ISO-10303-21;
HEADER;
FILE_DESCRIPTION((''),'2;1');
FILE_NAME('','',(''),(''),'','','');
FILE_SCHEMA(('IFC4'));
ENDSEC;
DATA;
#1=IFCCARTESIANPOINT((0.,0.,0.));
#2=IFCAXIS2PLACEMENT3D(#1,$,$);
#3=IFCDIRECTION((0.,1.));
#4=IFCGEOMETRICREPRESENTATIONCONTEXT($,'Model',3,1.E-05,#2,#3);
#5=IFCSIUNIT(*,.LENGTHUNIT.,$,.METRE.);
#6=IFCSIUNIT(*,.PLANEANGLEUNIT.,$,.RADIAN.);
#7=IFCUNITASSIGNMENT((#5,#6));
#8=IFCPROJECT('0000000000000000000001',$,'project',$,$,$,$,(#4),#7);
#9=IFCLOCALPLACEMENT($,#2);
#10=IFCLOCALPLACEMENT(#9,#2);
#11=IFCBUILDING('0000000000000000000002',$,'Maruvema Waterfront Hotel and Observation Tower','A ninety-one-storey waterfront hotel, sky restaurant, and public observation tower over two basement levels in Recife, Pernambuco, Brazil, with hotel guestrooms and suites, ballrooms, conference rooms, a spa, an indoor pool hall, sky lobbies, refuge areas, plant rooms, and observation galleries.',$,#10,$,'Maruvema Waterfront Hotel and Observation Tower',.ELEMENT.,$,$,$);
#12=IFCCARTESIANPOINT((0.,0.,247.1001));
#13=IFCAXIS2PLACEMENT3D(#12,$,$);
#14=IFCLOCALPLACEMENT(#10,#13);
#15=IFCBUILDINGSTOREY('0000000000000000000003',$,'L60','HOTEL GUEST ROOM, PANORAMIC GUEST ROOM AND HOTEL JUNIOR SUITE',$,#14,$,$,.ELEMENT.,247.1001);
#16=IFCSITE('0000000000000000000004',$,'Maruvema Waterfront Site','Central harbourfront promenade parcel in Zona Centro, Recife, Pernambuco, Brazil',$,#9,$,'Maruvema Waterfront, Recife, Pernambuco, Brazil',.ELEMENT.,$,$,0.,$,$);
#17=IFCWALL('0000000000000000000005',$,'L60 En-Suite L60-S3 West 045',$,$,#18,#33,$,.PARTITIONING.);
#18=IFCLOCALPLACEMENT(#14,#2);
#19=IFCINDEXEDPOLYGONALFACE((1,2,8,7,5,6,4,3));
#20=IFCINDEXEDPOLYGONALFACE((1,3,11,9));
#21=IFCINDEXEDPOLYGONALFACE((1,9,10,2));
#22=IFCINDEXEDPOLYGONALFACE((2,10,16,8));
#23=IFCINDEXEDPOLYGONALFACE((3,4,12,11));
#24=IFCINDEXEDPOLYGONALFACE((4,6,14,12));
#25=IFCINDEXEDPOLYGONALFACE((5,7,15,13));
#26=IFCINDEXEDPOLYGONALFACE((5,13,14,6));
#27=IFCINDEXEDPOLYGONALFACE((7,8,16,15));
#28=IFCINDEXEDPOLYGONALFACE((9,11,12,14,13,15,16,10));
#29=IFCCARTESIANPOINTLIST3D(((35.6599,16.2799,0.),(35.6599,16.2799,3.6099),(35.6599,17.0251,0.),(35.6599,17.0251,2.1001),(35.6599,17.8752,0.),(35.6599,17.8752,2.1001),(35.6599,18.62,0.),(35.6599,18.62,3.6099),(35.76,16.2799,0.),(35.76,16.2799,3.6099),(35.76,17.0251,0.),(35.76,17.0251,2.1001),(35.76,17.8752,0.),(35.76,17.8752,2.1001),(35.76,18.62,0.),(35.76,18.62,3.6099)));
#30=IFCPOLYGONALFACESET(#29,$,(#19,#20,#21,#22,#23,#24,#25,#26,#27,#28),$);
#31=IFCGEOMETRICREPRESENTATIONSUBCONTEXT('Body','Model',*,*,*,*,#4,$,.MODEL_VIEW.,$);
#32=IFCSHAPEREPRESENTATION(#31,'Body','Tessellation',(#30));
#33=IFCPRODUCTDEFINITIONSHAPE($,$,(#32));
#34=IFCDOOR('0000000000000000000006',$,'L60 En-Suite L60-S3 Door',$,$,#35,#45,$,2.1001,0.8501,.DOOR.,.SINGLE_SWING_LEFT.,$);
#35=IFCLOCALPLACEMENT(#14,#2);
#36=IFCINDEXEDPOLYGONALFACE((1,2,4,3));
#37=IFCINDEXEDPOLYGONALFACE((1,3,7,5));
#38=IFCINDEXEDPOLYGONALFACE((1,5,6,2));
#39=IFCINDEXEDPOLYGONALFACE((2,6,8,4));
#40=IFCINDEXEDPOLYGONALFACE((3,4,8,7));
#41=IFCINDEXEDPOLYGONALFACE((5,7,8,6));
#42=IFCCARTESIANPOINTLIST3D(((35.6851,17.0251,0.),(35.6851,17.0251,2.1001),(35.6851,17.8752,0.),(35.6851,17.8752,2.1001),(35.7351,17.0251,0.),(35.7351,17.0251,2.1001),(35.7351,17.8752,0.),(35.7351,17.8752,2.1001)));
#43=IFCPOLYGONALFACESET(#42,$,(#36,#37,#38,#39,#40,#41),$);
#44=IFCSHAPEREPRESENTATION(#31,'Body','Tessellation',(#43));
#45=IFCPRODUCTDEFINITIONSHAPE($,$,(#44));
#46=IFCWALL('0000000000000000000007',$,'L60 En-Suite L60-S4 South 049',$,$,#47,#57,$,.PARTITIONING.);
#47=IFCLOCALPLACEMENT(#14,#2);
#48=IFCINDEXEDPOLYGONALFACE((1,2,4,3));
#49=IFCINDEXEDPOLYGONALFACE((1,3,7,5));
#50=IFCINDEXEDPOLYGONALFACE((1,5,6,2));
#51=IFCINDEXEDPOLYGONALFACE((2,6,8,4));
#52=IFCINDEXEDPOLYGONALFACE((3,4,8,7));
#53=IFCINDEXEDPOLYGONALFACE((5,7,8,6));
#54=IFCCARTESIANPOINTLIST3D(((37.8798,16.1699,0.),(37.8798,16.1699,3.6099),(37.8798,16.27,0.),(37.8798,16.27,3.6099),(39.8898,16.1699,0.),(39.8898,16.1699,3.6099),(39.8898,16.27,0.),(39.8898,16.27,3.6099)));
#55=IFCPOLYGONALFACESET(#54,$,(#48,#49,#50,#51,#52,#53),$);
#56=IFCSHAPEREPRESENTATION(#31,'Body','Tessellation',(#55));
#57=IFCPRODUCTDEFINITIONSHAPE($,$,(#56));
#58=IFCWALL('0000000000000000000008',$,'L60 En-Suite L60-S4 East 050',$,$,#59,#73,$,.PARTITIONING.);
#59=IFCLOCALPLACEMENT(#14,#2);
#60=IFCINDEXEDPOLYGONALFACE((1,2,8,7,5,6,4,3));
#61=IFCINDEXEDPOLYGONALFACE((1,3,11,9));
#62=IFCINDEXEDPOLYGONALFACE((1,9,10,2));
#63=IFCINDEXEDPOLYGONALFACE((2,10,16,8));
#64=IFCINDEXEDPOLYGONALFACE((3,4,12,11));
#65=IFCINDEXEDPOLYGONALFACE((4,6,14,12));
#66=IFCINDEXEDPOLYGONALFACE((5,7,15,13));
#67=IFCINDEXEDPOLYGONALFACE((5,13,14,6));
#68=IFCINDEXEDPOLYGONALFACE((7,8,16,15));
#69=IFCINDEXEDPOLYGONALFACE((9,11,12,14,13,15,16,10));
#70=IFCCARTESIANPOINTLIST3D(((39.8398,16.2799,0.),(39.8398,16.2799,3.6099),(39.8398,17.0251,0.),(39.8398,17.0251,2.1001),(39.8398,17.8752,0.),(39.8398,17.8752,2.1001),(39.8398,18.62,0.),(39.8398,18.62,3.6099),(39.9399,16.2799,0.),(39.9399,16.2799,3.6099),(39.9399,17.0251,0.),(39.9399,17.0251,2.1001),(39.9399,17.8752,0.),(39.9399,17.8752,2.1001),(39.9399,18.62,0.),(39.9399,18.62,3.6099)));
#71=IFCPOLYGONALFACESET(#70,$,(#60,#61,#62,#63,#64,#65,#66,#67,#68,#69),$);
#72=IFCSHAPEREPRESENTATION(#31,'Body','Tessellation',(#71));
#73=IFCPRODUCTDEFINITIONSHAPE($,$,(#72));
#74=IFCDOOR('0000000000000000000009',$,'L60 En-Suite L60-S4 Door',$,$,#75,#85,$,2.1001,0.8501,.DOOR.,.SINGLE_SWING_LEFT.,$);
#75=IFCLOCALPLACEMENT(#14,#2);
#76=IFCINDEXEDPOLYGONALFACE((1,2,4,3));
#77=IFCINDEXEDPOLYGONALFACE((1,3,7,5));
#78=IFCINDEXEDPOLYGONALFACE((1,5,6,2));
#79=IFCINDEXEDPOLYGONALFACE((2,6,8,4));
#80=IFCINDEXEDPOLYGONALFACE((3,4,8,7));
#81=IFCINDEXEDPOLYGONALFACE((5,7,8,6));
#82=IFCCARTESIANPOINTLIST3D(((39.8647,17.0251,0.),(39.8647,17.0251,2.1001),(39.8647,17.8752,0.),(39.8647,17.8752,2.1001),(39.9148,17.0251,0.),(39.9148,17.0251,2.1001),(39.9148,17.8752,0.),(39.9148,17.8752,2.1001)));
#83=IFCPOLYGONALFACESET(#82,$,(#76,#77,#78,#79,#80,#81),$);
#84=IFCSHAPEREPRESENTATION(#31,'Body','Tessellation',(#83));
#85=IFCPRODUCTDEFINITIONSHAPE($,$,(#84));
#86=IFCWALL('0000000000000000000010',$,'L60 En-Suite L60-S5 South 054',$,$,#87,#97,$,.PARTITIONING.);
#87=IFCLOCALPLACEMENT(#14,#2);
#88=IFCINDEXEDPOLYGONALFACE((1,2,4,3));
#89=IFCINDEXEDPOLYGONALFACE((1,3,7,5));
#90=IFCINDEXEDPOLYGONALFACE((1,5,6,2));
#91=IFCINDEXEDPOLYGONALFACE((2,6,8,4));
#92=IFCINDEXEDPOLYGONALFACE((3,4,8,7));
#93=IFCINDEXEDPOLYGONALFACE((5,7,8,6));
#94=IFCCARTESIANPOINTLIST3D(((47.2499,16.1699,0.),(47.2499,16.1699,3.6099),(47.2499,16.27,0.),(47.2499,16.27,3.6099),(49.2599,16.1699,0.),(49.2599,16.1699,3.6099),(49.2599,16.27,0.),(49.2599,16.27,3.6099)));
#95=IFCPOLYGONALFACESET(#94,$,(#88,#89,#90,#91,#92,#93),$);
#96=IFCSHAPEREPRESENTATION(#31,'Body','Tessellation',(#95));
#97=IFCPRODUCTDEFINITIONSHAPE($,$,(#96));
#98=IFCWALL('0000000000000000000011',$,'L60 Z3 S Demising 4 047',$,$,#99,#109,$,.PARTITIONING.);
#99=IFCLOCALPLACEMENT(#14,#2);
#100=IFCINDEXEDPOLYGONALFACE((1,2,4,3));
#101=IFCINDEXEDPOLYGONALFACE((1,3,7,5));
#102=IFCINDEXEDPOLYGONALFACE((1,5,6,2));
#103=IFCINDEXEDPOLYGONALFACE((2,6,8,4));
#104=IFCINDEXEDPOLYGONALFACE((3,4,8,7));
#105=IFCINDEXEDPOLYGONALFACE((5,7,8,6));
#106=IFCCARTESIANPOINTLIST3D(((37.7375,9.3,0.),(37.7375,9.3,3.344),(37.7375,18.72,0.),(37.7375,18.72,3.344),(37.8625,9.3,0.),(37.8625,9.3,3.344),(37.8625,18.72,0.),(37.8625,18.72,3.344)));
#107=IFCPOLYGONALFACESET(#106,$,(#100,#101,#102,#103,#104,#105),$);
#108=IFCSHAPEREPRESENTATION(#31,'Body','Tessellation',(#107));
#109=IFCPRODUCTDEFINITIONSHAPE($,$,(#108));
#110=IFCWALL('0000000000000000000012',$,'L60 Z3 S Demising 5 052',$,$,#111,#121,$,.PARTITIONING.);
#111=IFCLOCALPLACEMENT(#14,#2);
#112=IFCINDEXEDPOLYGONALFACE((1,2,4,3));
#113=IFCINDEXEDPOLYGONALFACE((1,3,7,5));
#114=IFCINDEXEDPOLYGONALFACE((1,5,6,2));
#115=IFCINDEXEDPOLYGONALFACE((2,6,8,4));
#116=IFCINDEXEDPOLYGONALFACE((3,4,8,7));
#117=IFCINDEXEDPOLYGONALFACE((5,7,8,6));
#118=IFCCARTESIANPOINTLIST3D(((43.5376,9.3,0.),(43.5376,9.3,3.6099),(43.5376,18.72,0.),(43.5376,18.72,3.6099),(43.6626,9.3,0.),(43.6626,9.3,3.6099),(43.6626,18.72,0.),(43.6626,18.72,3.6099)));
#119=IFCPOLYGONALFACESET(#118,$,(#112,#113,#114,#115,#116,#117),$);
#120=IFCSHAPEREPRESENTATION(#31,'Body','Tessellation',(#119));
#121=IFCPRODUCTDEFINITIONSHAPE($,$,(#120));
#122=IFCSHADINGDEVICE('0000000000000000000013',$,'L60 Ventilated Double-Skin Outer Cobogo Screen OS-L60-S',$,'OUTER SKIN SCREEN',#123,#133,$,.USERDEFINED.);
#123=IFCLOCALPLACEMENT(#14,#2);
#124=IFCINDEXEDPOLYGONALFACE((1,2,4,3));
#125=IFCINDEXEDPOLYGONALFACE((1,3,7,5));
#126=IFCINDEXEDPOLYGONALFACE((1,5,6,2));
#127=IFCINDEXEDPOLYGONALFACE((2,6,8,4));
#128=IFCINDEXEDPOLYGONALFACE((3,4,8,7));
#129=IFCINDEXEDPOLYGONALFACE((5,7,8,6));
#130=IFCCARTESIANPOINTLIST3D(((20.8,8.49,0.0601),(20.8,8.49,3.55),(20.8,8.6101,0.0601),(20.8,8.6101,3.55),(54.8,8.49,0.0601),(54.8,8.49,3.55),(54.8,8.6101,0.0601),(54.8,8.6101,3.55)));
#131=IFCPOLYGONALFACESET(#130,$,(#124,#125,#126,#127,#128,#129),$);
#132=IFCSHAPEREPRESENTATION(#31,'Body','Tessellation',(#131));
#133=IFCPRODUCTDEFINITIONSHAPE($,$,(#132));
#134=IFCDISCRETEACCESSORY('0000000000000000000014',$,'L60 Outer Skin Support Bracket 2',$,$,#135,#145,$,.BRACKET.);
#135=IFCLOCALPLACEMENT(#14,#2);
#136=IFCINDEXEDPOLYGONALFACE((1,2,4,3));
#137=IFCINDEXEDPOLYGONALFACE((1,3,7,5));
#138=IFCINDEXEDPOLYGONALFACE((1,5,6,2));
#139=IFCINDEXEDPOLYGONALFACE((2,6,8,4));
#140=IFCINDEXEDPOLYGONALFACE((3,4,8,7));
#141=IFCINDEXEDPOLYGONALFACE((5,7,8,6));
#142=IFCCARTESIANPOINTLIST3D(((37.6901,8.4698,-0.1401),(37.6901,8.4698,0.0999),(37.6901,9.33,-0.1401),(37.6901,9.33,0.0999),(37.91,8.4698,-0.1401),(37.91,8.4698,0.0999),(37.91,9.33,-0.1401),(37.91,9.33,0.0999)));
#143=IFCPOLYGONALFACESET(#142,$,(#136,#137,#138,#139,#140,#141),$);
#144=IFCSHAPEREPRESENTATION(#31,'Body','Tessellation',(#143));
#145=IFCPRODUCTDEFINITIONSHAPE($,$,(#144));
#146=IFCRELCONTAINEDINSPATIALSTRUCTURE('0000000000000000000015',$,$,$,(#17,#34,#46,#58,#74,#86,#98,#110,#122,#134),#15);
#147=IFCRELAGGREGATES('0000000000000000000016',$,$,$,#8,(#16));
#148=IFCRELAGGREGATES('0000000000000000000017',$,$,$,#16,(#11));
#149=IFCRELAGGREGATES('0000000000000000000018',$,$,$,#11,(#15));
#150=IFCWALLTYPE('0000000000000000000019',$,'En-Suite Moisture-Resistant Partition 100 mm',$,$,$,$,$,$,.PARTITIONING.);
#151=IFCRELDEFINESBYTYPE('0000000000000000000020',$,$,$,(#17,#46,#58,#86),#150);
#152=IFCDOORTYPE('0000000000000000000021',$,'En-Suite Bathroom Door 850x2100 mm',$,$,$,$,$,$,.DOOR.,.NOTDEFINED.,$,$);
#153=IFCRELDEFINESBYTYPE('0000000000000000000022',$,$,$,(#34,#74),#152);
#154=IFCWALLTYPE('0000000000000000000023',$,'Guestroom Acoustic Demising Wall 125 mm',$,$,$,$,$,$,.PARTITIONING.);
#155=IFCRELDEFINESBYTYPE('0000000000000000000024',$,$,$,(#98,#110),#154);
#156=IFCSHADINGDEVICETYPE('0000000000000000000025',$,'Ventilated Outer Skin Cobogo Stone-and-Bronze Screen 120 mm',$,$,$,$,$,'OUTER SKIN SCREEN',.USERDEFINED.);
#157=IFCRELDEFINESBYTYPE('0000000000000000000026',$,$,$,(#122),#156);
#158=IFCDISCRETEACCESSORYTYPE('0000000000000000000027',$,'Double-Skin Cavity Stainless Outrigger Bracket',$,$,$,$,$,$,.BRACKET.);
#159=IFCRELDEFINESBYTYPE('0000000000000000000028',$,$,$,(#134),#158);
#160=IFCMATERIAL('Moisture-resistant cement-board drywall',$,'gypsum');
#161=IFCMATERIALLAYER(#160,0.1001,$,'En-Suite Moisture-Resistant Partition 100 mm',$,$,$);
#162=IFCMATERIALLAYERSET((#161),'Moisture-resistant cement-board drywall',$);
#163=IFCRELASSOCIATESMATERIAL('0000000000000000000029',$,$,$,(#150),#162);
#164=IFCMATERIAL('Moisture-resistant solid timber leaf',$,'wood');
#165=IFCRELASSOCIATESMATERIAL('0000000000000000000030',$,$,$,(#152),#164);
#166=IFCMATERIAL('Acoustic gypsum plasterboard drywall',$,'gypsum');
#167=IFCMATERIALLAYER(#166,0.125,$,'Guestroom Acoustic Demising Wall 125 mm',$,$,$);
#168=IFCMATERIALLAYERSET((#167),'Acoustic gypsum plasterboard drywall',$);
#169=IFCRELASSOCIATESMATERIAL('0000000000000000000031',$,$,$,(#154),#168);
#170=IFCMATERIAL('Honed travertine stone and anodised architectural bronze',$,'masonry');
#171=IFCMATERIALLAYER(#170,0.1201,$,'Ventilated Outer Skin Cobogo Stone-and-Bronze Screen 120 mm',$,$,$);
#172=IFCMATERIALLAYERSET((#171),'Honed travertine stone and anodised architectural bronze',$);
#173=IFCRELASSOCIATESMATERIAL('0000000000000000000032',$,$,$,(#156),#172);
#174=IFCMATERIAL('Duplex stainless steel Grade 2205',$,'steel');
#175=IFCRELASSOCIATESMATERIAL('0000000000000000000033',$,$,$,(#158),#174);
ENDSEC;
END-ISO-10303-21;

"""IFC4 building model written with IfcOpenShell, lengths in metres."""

from ifc_helpers import new_model, si_unit, direction, frame, frame_2d, origin, origin_2d, place, context, subcontext, project, spatial, rectangle, extrude, material, layer, layer_set, type_object, element, fill, save


model = new_model("IFC4")

# Units and contexts
model_context = context("Model", 3, precision=1e-05, world=origin(), true_north=direction((0.0, 1.0)))
body_context = subcontext(model_context, "Body", "Model", "MODEL_VIEW")
ifc_project = project(units=[si_unit("LENGTHUNIT", "METRE"), si_unit("PLANEANGLEUNIT", "RADIAN")], contexts=[model_context])

# Site, building, storey
site_placement = place(None, origin())
site = spatial("IfcSite", under=ifc_project, at=site_placement, Name="Maruvema Waterfront Site", Description="Central harbourfront promenade parcel in Zona Centro, Recife, Pernambuco, Brazil", LongName="Maruvema Waterfront, Recife, Pernambuco, Brazil", CompositionType="ELEMENT", RefElevation=0.0)
building_placement = place(site_placement, origin())
building = spatial("IfcBuilding", under=site, at=building_placement, Name="Maruvema Waterfront Hotel and Observation Tower", Description="A ninety-one-storey waterfront hotel, sky restaurant, and public observation tower over two basement levels in Recife, Pernambuco, Brazil, with hotel guestrooms and suites, ballrooms, conference rooms, a spa, an indoor pool hall, sky lobbies, refuge areas, plant rooms, and observation galleries.", LongName="Maruvema Waterfront Hotel and Observation Tower", CompositionType="ELEMENT")
storey_placement = place(building_placement, frame((0.0, 0.0, 247.1001)))
storey = spatial("IfcBuildingStorey", under=building, at=storey_placement, Name="L60", Description="HOTEL GUEST ROOM, PANORAMIC GUEST ROOM AND HOTEL JUNIOR SUITE", CompositionType="ELEMENT", Elevation=247.1001)

# Shared definitions
ifc_material_1 = material(Name="Moisture-resistant cement-board drywall", Category="gypsum")
ifc_layer_1 = layer(ifc_material_1, 0.1001, Name="En-Suite Moisture-Resistant Partition 100 mm")
ifc_layer_set_1 = layer_set([ifc_layer_1], Name="Moisture-resistant cement-board drywall")
wall_type_1 = type_object("IfcWallType", Name="En-Suite Moisture-Resistant Partition 100 mm", PredefinedType="PARTITIONING", material=ifc_layer_set_1)

# Wall, opening, door
wall_1_placement = place(storey_placement, frame((35.71, 16.28, 0.0), z_axis=(0.0, 0.0, 1.0), x_axis=(0.0, 1.0, 0.0)))
wall_1 = element("IfcWall", 1, at=wall_1_placement, inside=storey, type_object=wall_type_1, Name="L60 En-Suite L60-S3 West 045", PredefinedType="PARTITIONING", context=body_context, shape_type="SweptSolid", body=[
    extrude(rectangle(XDim=2.3401, YDim=0.1001, at=frame_2d((1.1699, 0.0))), origin(), (0.0, 0.0, 1.0), 3.6099),
])
opening_1_placement = place(wall_1_placement, frame((0.7451, 0.0, 0.0)))
opening_1 = element("IfcOpeningElement", 2, at=opening_1_placement, cuts=wall_1, PredefinedType="OPENING", context=body_context, shape_type="SweptSolid", body=[
    extrude(rectangle(XDim=0.8501, YDim=2.1001, at=frame_2d((0.425, 1.05))), frame((0.0, 0.0601, 0.0), z_axis=(0.0, -1.0, 0.0), x_axis=(1.0, 0.0, 0.0)), (0.0, 0.0, 1.0), 0.1201),
])
ifc_material_2 = material(Name="Moisture-resistant solid timber leaf", Category="wood")
door_type = type_object("IfcDoorType", Name="En-Suite Bathroom Door 850x2100 mm", OperationType="NOTDEFINED", PredefinedType="DOOR", material=ifc_material_2)
door_1_placement = place(opening_1_placement, origin())
door_1 = element("IfcDoor", 3, at=door_1_placement, inside=storey, type_object=door_type, Name="L60 En-Suite L60-S3 Door", OperationType="SINGLE_SWING_LEFT", OverallHeight=2.1001, OverallWidth=0.8501, PredefinedType="DOOR", context=body_context, shape_type="SweptSolid", body=[
    extrude(rectangle(XDim=0.8501, YDim=2.1001, at=frame_2d((0.425, 1.05))), frame((0.0, 0.0249, 0.0), z_axis=(0.0, -1.0, 0.0), x_axis=(1.0, 0.0, 0.0)), (0.0, 0.0, 1.0), 0.05),
])
fill(opening_1, door_1)

# Wall
wall_2_placement = place(storey_placement, frame((37.8799, 16.22, 0.0), z_axis=(0.0, 0.0, 1.0), x_axis=(1.0, 0.0, 0.0)))
element("IfcWall", 4, at=wall_2_placement, inside=storey, type_object=wall_type_1, Name="L60 En-Suite L60-S4 South 049", PredefinedType="PARTITIONING", context=body_context, shape_type="SweptSolid", body=[
    extrude(rectangle(XDim=2.01, YDim=0.1001, at=frame_2d((1.0049, 0.0))), origin(), (0.0, 0.0, 1.0), 3.6099),
])

# Wall, opening, door
wall_3_placement = place(storey_placement, frame((39.8899, 16.28, 0.0), z_axis=(0.0, 0.0, 1.0), x_axis=(0.0, 1.0, 0.0)))
wall_3 = element("IfcWall", 5, at=wall_3_placement, inside=storey, type_object=wall_type_1, Name="L60 En-Suite L60-S4 East 050", PredefinedType="PARTITIONING", context=body_context, shape_type="SweptSolid", body=[
    extrude(rectangle(XDim=2.3401, YDim=0.1001, at=frame_2d((1.1699, 0.0))), origin(), (0.0, 0.0, 1.0), 3.6099),
])
opening_2_placement = place(wall_3_placement, frame((0.7451, 0.0, 0.0)))
opening_2 = element("IfcOpeningElement", 6, at=opening_2_placement, cuts=wall_3, PredefinedType="OPENING", context=body_context, shape_type="SweptSolid", body=[
    extrude(rectangle(XDim=0.8501, YDim=2.1001, at=frame_2d((0.425, 1.05))), frame((0.0, 0.0601, 0.0), z_axis=(0.0, -1.0, 0.0), x_axis=(1.0, 0.0, 0.0)), (0.0, 0.0, 1.0), 0.1201),
])
door_2_placement = place(opening_2_placement, frame((0.8501, 0.0, 0.0), z_axis=(0.0, 0.0, 1.0), x_axis=(-1.0, 0.0, 0.0)))
door_2 = element("IfcDoor", 7, at=door_2_placement, inside=storey, type_object=door_type, Name="L60 En-Suite L60-S4 Door", OperationType="SINGLE_SWING_LEFT", OverallHeight=2.1001, OverallWidth=0.8501, PredefinedType="DOOR", context=body_context, shape_type="SweptSolid", body=[
    extrude(rectangle(XDim=0.8501, YDim=2.1001, at=frame_2d((0.425, 1.05))), frame((0.0, 0.0249, 0.0), z_axis=(0.0, -1.0, 0.0), x_axis=(1.0, 0.0, 0.0)), (0.0, 0.0, 1.0), 0.05),
])
fill(opening_2, door_2)

# Walls
wall_4_placement = place(storey_placement, frame((47.25, 16.22, 0.0), z_axis=(0.0, 0.0, 1.0), x_axis=(1.0, 0.0, 0.0)))
element("IfcWall", 8, at=wall_4_placement, inside=storey, type_object=wall_type_1, Name="L60 En-Suite L60-S5 South 054", PredefinedType="PARTITIONING", context=body_context, shape_type="SweptSolid", body=[
    extrude(rectangle(XDim=2.01, YDim=0.1001, at=frame_2d((1.0049, 0.0))), origin(), (0.0, 0.0, 1.0), 3.6099),
])
ifc_material_3 = material(Name="Acoustic gypsum plasterboard drywall", Category="gypsum")
ifc_layer_2 = layer(ifc_material_3, 0.125, Name="Guestroom Acoustic Demising Wall 125 mm")
ifc_layer_set_2 = layer_set([ifc_layer_2], Name="Acoustic gypsum plasterboard drywall")
wall_type_2 = type_object("IfcWallType", Name="Guestroom Acoustic Demising Wall 125 mm", PredefinedType="PARTITIONING", material=ifc_layer_set_2)
wall_5_placement = place(storey_placement, frame((37.8, 9.3, 0.0), z_axis=(0.0, 0.0, 1.0), x_axis=(0.0, 1.0, 0.0)))
element("IfcWall", 9, at=wall_5_placement, inside=storey, type_object=wall_type_2, Name="L60 Z3 S Demising 4 047", PredefinedType="PARTITIONING", context=body_context, shape_type="SweptSolid", body=[
    extrude(rectangle(XDim=9.4199, YDim=0.125, at=frame_2d((4.71, 0.0))), origin(), (0.0, 0.0, 1.0), 3.344),
])
wall_6_placement = place(storey_placement, frame((43.6001, 9.3, 0.0), z_axis=(0.0, 0.0, 1.0), x_axis=(0.0, 1.0, 0.0)))
element("IfcWall", 10, at=wall_6_placement, inside=storey, type_object=wall_type_2, Name="L60 Z3 S Demising 5 052", PredefinedType="PARTITIONING", context=body_context, shape_type="SweptSolid", body=[
    extrude(rectangle(XDim=9.4199, YDim=0.125, at=frame_2d((4.71, 0.0))), origin(), (0.0, 0.0, 1.0), 3.6099),
])

# Shading device
ifc_material_4 = material(Name="Honed travertine stone and anodised architectural bronze", Category="masonry")
ifc_layer_3 = layer(ifc_material_4, 0.1201, Name="Ventilated Outer Skin Cobogo Stone-and-Bronze Screen 120 mm")
ifc_layer_set_3 = layer_set([ifc_layer_3], Name="Honed travertine stone and anodised architectural bronze")
shading_device_type = type_object("IfcShadingDeviceType", Name="Ventilated Outer Skin Cobogo Stone-and-Bronze Screen 120 mm", ElementType="OUTER SKIN SCREEN", PredefinedType="USERDEFINED", material=ifc_layer_set_3)
shading_device_placement = place(storey_placement, frame((37.8, 8.55, 0.0601), z_axis=(0.0, 0.0, 1.0), x_axis=(1.0, 0.0, 0.0)))
element("IfcShadingDevice", 11, at=shading_device_placement, inside=storey, type_object=shading_device_type, Name="L60 Ventilated Double-Skin Outer Cobogo Screen OS-L60-S", ObjectType="OUTER SKIN SCREEN", PredefinedType="USERDEFINED", context=body_context, shape_type="SweptSolid", body=[
    extrude(rectangle(XDim=34.0, YDim=0.1201, at=origin_2d()), origin(), (0.0, 0.0, 1.0), 3.49),
])

# Discrete accessory
ifc_material_5 = material(Name="Duplex stainless steel Grade 2205", Category="steel")
discrete_accessory_type = type_object("IfcDiscreteAccessoryType", Name="Double-Skin Cavity Stainless Outrigger Bracket", PredefinedType="BRACKET", material=ifc_material_5)
discrete_accessory_placement = place(storey_placement, frame((37.8, 8.8999, -0.1401), z_axis=(0.0, 0.0, 1.0), x_axis=(1.0, 0.0, 0.0)))
element("IfcDiscreteAccessory", 12, at=discrete_accessory_placement, inside=storey, type_object=discrete_accessory_type, Name="L60 Outer Skin Support Bracket 2", PredefinedType="BRACKET", context=body_context, shape_type="SweptSolid", body=[
    extrude(rectangle(XDim=0.22, YDim=0.8601, at=origin_2d()), origin(), (0.0, 0.0, 1.0), 0.24),
])

save(model, "model.ifc")
